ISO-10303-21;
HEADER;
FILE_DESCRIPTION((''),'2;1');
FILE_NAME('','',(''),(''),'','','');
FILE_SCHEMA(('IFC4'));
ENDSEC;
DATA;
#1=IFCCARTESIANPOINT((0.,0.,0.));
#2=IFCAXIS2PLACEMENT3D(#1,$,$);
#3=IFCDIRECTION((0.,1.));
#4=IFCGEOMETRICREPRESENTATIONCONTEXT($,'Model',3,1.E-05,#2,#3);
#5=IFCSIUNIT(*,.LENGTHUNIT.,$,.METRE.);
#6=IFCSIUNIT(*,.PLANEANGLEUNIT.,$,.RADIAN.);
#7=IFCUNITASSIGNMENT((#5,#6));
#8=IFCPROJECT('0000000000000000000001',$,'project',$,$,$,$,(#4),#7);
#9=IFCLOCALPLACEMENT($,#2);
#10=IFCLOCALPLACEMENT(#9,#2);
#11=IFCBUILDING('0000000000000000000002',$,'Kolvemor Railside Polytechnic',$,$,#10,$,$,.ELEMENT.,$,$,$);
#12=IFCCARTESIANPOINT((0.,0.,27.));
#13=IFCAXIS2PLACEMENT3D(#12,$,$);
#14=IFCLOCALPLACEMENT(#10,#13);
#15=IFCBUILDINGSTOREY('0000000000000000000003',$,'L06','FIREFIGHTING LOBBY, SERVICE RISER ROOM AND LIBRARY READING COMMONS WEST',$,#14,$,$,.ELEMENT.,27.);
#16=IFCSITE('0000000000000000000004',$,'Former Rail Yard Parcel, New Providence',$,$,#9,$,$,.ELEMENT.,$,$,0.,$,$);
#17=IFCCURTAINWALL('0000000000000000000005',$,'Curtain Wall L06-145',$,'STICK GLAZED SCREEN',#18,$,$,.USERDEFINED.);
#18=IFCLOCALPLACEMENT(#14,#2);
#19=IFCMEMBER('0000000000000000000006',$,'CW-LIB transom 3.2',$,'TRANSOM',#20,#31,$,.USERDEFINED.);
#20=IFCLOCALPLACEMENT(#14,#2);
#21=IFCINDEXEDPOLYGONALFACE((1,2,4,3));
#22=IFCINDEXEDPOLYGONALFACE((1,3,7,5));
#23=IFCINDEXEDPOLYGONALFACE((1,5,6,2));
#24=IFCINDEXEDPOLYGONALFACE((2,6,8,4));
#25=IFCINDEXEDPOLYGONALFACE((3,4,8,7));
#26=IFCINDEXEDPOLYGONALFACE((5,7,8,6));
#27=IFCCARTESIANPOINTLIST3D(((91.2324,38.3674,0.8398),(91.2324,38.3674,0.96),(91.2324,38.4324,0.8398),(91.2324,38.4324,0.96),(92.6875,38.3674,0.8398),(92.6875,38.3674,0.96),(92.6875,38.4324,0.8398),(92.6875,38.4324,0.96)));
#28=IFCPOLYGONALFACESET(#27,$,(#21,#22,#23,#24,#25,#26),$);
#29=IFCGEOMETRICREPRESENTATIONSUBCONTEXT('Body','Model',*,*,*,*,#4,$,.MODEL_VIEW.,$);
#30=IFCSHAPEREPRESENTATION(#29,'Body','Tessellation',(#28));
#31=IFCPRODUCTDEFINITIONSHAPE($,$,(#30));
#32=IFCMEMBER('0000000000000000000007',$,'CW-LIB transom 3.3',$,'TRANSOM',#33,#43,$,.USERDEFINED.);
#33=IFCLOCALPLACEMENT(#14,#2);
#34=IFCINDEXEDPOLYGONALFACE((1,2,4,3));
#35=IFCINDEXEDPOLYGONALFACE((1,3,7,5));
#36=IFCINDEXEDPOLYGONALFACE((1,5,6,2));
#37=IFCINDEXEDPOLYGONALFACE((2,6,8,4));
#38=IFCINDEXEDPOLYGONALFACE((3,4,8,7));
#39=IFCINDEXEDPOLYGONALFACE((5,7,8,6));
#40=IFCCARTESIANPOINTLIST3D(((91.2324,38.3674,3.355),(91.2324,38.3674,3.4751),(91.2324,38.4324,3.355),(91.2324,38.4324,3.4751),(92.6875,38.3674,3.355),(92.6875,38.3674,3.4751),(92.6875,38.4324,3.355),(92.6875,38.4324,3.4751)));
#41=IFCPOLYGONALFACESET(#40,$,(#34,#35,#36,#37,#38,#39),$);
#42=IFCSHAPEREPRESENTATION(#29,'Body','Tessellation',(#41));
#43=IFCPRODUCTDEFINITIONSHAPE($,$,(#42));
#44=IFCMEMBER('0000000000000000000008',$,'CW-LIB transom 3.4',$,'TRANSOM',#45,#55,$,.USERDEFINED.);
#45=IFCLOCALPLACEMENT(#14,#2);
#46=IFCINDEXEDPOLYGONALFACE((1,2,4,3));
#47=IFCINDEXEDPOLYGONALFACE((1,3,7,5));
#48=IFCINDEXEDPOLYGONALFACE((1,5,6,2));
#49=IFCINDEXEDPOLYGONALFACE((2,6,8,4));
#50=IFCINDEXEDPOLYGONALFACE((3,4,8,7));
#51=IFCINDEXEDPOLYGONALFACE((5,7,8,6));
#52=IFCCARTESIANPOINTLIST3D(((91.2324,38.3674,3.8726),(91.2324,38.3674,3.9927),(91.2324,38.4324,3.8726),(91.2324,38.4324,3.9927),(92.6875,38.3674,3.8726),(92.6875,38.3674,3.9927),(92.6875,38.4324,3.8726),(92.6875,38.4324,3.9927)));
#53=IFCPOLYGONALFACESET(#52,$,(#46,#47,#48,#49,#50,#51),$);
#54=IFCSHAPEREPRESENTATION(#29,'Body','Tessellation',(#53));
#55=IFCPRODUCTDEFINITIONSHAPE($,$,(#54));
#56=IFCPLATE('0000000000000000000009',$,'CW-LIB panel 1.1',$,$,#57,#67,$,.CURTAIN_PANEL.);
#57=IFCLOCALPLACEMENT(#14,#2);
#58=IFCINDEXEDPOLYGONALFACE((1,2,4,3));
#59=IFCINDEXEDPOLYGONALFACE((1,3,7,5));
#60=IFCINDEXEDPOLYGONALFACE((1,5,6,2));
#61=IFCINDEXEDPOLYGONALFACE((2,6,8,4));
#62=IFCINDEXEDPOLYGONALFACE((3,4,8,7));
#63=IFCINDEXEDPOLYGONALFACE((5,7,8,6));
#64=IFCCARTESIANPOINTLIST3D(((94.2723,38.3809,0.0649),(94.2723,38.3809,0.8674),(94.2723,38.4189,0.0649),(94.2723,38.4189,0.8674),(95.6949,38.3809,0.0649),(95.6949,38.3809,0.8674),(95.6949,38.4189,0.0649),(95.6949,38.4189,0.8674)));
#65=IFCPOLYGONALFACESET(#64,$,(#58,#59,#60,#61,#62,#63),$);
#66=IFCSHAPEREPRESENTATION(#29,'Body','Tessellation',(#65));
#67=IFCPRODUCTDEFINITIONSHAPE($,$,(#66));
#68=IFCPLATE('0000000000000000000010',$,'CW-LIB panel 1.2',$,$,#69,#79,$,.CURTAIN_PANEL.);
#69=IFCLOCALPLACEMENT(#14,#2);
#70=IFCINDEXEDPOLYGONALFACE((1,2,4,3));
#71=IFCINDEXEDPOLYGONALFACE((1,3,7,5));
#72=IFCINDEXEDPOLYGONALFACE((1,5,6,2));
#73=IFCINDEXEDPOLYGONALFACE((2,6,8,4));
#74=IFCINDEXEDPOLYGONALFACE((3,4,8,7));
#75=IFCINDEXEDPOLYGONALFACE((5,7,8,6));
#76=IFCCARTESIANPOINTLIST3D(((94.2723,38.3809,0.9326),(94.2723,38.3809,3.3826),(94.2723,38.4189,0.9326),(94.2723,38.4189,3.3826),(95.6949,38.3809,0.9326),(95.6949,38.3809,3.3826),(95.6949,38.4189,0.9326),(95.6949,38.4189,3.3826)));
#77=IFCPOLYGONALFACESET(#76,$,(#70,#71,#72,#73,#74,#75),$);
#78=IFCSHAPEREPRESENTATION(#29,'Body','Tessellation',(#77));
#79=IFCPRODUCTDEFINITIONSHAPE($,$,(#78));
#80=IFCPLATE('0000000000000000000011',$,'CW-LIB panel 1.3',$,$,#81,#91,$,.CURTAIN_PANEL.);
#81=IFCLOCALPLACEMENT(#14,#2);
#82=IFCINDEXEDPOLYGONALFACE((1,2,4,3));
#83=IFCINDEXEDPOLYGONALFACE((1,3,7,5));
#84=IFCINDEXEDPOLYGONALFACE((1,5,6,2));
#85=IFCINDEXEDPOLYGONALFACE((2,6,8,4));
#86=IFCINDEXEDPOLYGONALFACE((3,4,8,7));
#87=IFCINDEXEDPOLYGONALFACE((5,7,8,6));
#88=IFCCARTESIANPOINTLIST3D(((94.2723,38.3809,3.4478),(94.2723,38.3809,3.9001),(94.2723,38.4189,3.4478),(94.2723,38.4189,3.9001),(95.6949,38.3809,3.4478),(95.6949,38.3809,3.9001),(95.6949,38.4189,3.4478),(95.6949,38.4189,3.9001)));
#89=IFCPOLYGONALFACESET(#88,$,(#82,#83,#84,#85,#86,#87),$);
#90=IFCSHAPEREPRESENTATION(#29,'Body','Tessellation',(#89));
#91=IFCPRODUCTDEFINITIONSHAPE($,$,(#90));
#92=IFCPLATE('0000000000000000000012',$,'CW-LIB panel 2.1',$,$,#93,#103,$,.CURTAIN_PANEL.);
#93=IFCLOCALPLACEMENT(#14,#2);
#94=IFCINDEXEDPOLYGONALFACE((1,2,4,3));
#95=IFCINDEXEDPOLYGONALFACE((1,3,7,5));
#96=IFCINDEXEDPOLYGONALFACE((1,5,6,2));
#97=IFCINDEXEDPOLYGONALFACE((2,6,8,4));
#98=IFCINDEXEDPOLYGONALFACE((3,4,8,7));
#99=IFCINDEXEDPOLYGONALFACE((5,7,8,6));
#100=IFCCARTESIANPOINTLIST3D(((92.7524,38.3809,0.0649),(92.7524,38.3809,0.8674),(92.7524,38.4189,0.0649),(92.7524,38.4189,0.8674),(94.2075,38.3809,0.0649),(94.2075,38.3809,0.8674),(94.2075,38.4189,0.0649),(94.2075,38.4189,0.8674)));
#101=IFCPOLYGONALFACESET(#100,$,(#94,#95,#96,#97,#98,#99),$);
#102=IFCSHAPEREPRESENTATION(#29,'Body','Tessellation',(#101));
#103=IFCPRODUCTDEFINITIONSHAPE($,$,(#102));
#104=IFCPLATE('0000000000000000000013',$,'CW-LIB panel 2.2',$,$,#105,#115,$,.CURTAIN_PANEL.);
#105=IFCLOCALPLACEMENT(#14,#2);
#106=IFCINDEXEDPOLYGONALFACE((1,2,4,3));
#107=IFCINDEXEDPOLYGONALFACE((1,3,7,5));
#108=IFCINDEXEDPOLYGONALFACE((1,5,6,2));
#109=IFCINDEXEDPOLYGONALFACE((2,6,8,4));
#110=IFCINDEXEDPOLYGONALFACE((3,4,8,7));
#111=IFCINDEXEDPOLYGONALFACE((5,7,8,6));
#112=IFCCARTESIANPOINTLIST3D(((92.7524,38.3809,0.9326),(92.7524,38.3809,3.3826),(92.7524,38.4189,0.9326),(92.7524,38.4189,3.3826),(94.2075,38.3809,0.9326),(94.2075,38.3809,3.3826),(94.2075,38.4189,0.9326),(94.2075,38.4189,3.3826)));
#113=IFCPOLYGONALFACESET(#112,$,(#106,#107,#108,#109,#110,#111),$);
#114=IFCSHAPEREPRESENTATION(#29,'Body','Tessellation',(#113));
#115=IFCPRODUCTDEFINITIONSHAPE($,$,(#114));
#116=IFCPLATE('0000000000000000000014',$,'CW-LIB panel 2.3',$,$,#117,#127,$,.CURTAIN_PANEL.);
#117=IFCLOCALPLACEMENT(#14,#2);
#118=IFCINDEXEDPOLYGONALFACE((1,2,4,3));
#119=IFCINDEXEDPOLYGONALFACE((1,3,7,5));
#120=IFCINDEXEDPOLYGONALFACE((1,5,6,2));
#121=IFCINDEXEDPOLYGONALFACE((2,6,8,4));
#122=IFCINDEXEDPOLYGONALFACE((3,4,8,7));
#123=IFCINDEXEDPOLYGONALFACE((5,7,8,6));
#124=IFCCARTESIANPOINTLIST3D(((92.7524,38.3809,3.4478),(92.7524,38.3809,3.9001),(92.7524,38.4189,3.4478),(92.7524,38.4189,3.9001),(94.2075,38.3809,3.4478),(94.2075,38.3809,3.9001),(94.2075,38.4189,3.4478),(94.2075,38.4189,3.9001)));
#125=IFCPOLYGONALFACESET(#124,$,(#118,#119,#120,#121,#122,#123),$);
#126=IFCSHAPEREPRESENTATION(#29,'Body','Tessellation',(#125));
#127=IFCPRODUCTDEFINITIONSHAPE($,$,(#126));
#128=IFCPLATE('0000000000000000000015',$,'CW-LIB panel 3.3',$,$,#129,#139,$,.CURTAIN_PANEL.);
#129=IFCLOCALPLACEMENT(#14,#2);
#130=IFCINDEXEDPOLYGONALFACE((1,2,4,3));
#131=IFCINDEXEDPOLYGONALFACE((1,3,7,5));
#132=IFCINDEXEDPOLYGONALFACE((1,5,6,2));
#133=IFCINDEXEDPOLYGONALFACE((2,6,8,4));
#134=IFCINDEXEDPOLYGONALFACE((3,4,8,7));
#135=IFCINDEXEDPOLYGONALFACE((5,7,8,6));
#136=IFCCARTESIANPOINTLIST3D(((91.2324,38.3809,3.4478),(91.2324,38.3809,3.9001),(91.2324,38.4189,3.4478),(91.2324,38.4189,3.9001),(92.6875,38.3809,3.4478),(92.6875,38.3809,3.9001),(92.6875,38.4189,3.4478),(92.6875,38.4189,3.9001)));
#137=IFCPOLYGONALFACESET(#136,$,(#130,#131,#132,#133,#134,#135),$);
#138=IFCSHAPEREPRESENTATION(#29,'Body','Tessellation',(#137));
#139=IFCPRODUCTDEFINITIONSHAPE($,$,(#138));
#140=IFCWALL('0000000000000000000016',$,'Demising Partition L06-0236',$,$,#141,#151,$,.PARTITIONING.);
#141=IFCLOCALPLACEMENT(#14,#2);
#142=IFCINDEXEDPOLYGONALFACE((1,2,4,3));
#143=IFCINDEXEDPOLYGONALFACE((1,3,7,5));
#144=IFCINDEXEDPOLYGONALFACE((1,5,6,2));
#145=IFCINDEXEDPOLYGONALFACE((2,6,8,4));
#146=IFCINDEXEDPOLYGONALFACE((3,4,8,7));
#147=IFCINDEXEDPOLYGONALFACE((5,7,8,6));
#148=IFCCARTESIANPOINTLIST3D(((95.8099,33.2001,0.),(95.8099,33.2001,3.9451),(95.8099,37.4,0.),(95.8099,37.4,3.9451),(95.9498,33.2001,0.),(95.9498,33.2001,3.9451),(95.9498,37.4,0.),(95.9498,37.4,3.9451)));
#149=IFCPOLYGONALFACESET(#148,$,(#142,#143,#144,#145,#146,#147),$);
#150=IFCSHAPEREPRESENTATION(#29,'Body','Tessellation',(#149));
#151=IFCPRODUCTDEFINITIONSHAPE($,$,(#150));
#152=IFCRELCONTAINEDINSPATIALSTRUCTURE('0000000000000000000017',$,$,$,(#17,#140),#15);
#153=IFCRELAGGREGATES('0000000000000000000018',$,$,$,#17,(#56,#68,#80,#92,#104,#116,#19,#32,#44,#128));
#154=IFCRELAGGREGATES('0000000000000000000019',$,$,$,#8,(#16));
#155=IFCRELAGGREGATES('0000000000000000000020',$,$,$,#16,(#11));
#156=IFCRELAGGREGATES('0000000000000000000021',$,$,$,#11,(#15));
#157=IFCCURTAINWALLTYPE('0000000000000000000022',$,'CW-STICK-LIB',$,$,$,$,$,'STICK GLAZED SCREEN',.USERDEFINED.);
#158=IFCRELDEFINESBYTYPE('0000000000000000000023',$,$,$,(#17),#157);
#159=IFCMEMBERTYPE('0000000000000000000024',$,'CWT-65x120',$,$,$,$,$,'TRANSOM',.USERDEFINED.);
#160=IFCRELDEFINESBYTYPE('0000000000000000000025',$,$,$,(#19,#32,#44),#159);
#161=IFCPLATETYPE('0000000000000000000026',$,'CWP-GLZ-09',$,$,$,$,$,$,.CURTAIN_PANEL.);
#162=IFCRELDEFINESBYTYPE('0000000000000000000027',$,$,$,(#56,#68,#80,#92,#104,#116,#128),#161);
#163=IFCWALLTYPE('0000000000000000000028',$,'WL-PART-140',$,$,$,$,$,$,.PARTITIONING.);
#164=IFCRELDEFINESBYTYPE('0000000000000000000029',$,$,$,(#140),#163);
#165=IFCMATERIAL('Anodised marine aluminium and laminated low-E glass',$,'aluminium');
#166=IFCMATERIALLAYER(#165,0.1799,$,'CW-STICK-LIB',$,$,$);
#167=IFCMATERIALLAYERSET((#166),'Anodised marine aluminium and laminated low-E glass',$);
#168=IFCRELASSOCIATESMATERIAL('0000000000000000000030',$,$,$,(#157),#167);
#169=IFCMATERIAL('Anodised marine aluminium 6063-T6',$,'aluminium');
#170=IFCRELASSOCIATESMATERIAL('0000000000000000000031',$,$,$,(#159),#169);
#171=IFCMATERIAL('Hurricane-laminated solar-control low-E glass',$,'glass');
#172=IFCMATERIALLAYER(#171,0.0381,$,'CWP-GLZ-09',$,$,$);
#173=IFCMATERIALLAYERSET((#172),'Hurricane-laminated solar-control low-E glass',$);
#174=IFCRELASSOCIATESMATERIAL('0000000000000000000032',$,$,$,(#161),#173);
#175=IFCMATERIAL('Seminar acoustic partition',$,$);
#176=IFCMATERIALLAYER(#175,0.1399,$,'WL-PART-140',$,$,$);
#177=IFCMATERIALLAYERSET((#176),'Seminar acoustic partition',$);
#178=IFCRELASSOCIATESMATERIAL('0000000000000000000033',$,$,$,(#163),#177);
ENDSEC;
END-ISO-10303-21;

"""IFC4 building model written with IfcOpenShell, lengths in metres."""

from ifc_helpers import new_model, si_unit, direction, frame, frame_2d, origin, origin_2d, place, context, subcontext, project, spatial, rectangle, extrude, material, layer, layer_set, material_profile, profile_set, type_object, element, aggregate, save


model = new_model("IFC4")

# Units and contexts
model_context = context("Model", 3, precision=1e-05, world=origin(), true_north=direction((0.0, 1.0)))
body_context = subcontext(model_context, "Body", "Model", "MODEL_VIEW")
ifc_project = project(units=[si_unit("LENGTHUNIT", "METRE"), si_unit("PLANEANGLEUNIT", "RADIAN")], contexts=[model_context])

# Site, building, storey
site_placement = place(None, origin())
site = spatial("IfcSite", under=ifc_project, at=site_placement, Name="Former Rail Yard Parcel, New Providence", CompositionType="ELEMENT", RefElevation=0.0)
building_placement = place(site_placement, origin())
building = spatial("IfcBuilding", under=site, at=building_placement, Name="Kolvemor Railside Polytechnic", CompositionType="ELEMENT")
storey_placement = place(building_placement, frame((0.0, 0.0, 27.0)))
storey = spatial("IfcBuildingStorey", under=building, at=storey_placement, Name="L06", Description="FIREFIGHTING LOBBY, SERVICE RISER ROOM AND LIBRARY READING COMMONS WEST", CompositionType="ELEMENT", Elevation=27.0)

# Curtain wall, members, plates
ifc_material_1 = material(Name="Anodised marine aluminium and laminated low-E glass", Category="aluminium")
ifc_layer_1 = layer(ifc_material_1, 0.1799, Name="CW-STICK-LIB")
ifc_layer_set_1 = layer_set([ifc_layer_1], Name="Anodised marine aluminium and laminated low-E glass")
curtain_wall_type = type_object("IfcCurtainWallType", Name="CW-STICK-LIB", ElementType="STICK GLAZED SCREEN", PredefinedType="USERDEFINED", material=ifc_layer_set_1)
curtain_wall_placement = place(storey_placement, origin())
curtain_wall = element("IfcCurtainWall", 1, at=curtain_wall_placement, inside=storey, type_object=curtain_wall_type, Name="Curtain Wall L06-145", ObjectType="STICK GLAZED SCREEN", PredefinedType="USERDEFINED")
ifc_material_2 = material(Name="Anodised marine aluminium 6063-T6", Category="aluminium")
ifc_material_profile_1 = material_profile(ifc_material_2, rectangle(XDim=0.0649, YDim=0.1201, at=origin_2d()), Name="CW-TRN-65x120")
ifc_profile_set_1 = profile_set([ifc_material_profile_1], Name="Anodised marine aluminium 6063-T6")
member_type_1 = type_object("IfcMemberType", Name="CWT-65x120", ElementType="TRANSOM", PredefinedType="USERDEFINED", material=ifc_profile_set_1)
member_1_placement = place(storey_placement, frame((92.6875, 38.3999, 0.8999), z_axis=(-1.0, 0.0, 0.0), x_axis=(0.0, -1.0, 0.0)))
member_1 = element("IfcMember", 2, at=member_1_placement, type_object=member_type_1, Name="CW-LIB transom 3.2", ObjectType="TRANSOM", PredefinedType="USERDEFINED", context=body_context, shape_type="SweptSolid", body=[
    extrude(rectangle(XDim=0.0649, YDim=0.1201, at=origin_2d()), origin(), (0.0, 0.0, 1.0), 1.4551),
])
member_2_placement = place(storey_placement, frame((92.6875, 38.3999, 3.415), z_axis=(-1.0, 0.0, 0.0), x_axis=(0.0, -1.0, 0.0)))
member_2 = element("IfcMember", 3, at=member_2_placement, type_object=member_type_1, Name="CW-LIB transom 3.3", ObjectType="TRANSOM", PredefinedType="USERDEFINED", context=body_context, shape_type="SweptSolid", body=[
    extrude(rectangle(XDim=0.0649, YDim=0.1201, at=origin_2d()), origin(), (0.0, 0.0, 1.0), 1.4551),
])
member_3_placement = place(storey_placement, frame((92.6875, 38.3999, 3.9326), z_axis=(-1.0, 0.0, 0.0), x_axis=(0.0, -1.0, 0.0)))
member_3 = element("IfcMember", 4, at=member_3_placement, type_object=member_type_1, Name="CW-LIB transom 3.4", ObjectType="TRANSOM", PredefinedType="USERDEFINED", context=body_context, shape_type="SweptSolid", body=[
    extrude(rectangle(XDim=0.0649, YDim=0.1201, at=origin_2d()), origin(), (0.0, 0.0, 1.0), 1.4551),
])
ifc_material_3 = material(Name="Hurricane-laminated solar-control low-E glass", Category="glass")
ifc_layer_2 = layer(ifc_material_3, 0.0381, Name="CWP-GLZ-09")
ifc_layer_set_2 = layer_set([ifc_layer_2], Name="Hurricane-laminated solar-control low-E glass")
plate_type = type_object("IfcPlateType", Name="CWP-GLZ-09", PredefinedType="CURTAIN_PANEL", material=ifc_layer_set_2)
plate_1_placement = place(storey_placement, frame((94.9836, 38.3999, 0.0649), z_axis=(0.0, 0.0, 1.0), x_axis=(-1.0, 0.0, 0.0)))
plate_1 = element("IfcPlate", 5, at=plate_1_placement, type_object=plate_type, Name="CW-LIB panel 1.1", PredefinedType="CURTAIN_PANEL", context=body_context, shape_type="SweptSolid", body=[
    extrude(rectangle(XDim=1.4226, YDim=0.0381, at=origin_2d()), origin(), (0.0, 0.0, 1.0), 0.8025),
])
plate_2_placement = place(storey_placement, frame((94.9836, 38.3999, 0.9326), z_axis=(0.0, 0.0, 1.0), x_axis=(-1.0, 0.0, 0.0)))
plate_2 = element("IfcPlate", 6, at=plate_2_placement, type_object=plate_type, Name="CW-LIB panel 1.2", PredefinedType="CURTAIN_PANEL", context=body_context, shape_type="SweptSolid", body=[
    extrude(rectangle(XDim=1.4226, YDim=0.0381, at=origin_2d()), origin(), (0.0, 0.0, 1.0), 2.45),
])
plate_3_placement = place(storey_placement, frame((94.9836, 38.3999, 3.4478), z_axis=(0.0, 0.0, 1.0), x_axis=(-1.0, 0.0, 0.0)))
plate_3 = element("IfcPlate", 7, at=plate_3_placement, type_object=plate_type, Name="CW-LIB panel 1.3", PredefinedType="CURTAIN_PANEL", context=body_context, shape_type="SweptSolid", body=[
    extrude(rectangle(XDim=1.4226, YDim=0.0381, at=origin_2d()), origin(), (0.0, 0.0, 1.0), 0.4524),
])
plate_4_placement = place(storey_placement, frame((93.48, 38.3999, 0.0649), z_axis=(0.0, 0.0, 1.0), x_axis=(-1.0, 0.0, 0.0)))
plate_4 = element("IfcPlate", 8, at=plate_4_placement, type_object=plate_type, Name="CW-LIB panel 2.1", PredefinedType="CURTAIN_PANEL", context=body_context, shape_type="SweptSolid", body=[
    extrude(rectangle(XDim=1.4551, YDim=0.0381, at=origin_2d()), origin(), (0.0, 0.0, 1.0), 0.8025),
])
plate_5_placement = place(storey_placement, frame((93.48, 38.3999, 0.9326), z_axis=(0.0, 0.0, 1.0), x_axis=(-1.0, 0.0, 0.0)))
plate_5 = element("IfcPlate", 9, at=plate_5_placement, type_object=plate_type, Name="CW-LIB panel 2.2", PredefinedType="CURTAIN_PANEL", context=body_context, shape_type="SweptSolid", body=[
    extrude(rectangle(XDim=1.4551, YDim=0.0381, at=origin_2d()), origin(), (0.0, 0.0, 1.0), 2.45),
])
plate_6_placement = place(storey_placement, frame((93.48, 38.3999, 3.4478), z_axis=(0.0, 0.0, 1.0), x_axis=(-1.0, 0.0, 0.0)))
plate_6 = element("IfcPlate", 10, at=plate_6_placement, type_object=plate_type, Name="CW-LIB panel 2.3", PredefinedType="CURTAIN_PANEL", context=body_context, shape_type="SweptSolid", body=[
    extrude(rectangle(XDim=1.4551, YDim=0.0381, at=origin_2d()), origin(), (0.0, 0.0, 1.0), 0.4524),
])
plate_7_placement = place(storey_placement, frame((91.96, 38.3999, 3.4478), z_axis=(0.0, 0.0, 1.0), x_axis=(-1.0, 0.0, 0.0)))
plate_7 = element("IfcPlate", 11, at=plate_7_placement, type_object=plate_type, Name="CW-LIB panel 3.3", PredefinedType="CURTAIN_PANEL", context=body_context, shape_type="SweptSolid", body=[
    extrude(rectangle(XDim=1.4551, YDim=0.0381, at=origin_2d()), origin(), (0.0, 0.0, 1.0), 0.4524),
])
aggregate(curtain_wall, [plate_1, plate_2, plate_3, plate_4, plate_5, plate_6, member_1, member_2, member_3, plate_7])

# Wall
ifc_material_4 = material(Name="Seminar acoustic partition")
ifc_layer_3 = layer(ifc_material_4, 0.1399, Name="WL-PART-140")
ifc_layer_set_3 = layer_set([ifc_layer_3], Name="Seminar acoustic partition")
wall_type = type_object("IfcWallType", Name="WL-PART-140", PredefinedType="PARTITIONING", material=ifc_layer_set_3)
wall_placement = place(storey_placement, frame((95.8799, 33.2, 0.0), z_axis=(0.0, 0.0, 1.0), x_axis=(0.0, 1.0, 0.0)))
element("IfcWall", 12, at=wall_placement, inside=storey, type_object=wall_type, Name="Demising Partition L06-0236", PredefinedType="PARTITIONING", context=body_context, shape_type="SweptSolid", body=[
    extrude(rectangle(XDim=4.2, YDim=0.1399, at=frame_2d((2.1001, 0.0))), origin(), (0.0, 0.0, 1.0), 3.9451),
])

save(model, "model.ifc")
